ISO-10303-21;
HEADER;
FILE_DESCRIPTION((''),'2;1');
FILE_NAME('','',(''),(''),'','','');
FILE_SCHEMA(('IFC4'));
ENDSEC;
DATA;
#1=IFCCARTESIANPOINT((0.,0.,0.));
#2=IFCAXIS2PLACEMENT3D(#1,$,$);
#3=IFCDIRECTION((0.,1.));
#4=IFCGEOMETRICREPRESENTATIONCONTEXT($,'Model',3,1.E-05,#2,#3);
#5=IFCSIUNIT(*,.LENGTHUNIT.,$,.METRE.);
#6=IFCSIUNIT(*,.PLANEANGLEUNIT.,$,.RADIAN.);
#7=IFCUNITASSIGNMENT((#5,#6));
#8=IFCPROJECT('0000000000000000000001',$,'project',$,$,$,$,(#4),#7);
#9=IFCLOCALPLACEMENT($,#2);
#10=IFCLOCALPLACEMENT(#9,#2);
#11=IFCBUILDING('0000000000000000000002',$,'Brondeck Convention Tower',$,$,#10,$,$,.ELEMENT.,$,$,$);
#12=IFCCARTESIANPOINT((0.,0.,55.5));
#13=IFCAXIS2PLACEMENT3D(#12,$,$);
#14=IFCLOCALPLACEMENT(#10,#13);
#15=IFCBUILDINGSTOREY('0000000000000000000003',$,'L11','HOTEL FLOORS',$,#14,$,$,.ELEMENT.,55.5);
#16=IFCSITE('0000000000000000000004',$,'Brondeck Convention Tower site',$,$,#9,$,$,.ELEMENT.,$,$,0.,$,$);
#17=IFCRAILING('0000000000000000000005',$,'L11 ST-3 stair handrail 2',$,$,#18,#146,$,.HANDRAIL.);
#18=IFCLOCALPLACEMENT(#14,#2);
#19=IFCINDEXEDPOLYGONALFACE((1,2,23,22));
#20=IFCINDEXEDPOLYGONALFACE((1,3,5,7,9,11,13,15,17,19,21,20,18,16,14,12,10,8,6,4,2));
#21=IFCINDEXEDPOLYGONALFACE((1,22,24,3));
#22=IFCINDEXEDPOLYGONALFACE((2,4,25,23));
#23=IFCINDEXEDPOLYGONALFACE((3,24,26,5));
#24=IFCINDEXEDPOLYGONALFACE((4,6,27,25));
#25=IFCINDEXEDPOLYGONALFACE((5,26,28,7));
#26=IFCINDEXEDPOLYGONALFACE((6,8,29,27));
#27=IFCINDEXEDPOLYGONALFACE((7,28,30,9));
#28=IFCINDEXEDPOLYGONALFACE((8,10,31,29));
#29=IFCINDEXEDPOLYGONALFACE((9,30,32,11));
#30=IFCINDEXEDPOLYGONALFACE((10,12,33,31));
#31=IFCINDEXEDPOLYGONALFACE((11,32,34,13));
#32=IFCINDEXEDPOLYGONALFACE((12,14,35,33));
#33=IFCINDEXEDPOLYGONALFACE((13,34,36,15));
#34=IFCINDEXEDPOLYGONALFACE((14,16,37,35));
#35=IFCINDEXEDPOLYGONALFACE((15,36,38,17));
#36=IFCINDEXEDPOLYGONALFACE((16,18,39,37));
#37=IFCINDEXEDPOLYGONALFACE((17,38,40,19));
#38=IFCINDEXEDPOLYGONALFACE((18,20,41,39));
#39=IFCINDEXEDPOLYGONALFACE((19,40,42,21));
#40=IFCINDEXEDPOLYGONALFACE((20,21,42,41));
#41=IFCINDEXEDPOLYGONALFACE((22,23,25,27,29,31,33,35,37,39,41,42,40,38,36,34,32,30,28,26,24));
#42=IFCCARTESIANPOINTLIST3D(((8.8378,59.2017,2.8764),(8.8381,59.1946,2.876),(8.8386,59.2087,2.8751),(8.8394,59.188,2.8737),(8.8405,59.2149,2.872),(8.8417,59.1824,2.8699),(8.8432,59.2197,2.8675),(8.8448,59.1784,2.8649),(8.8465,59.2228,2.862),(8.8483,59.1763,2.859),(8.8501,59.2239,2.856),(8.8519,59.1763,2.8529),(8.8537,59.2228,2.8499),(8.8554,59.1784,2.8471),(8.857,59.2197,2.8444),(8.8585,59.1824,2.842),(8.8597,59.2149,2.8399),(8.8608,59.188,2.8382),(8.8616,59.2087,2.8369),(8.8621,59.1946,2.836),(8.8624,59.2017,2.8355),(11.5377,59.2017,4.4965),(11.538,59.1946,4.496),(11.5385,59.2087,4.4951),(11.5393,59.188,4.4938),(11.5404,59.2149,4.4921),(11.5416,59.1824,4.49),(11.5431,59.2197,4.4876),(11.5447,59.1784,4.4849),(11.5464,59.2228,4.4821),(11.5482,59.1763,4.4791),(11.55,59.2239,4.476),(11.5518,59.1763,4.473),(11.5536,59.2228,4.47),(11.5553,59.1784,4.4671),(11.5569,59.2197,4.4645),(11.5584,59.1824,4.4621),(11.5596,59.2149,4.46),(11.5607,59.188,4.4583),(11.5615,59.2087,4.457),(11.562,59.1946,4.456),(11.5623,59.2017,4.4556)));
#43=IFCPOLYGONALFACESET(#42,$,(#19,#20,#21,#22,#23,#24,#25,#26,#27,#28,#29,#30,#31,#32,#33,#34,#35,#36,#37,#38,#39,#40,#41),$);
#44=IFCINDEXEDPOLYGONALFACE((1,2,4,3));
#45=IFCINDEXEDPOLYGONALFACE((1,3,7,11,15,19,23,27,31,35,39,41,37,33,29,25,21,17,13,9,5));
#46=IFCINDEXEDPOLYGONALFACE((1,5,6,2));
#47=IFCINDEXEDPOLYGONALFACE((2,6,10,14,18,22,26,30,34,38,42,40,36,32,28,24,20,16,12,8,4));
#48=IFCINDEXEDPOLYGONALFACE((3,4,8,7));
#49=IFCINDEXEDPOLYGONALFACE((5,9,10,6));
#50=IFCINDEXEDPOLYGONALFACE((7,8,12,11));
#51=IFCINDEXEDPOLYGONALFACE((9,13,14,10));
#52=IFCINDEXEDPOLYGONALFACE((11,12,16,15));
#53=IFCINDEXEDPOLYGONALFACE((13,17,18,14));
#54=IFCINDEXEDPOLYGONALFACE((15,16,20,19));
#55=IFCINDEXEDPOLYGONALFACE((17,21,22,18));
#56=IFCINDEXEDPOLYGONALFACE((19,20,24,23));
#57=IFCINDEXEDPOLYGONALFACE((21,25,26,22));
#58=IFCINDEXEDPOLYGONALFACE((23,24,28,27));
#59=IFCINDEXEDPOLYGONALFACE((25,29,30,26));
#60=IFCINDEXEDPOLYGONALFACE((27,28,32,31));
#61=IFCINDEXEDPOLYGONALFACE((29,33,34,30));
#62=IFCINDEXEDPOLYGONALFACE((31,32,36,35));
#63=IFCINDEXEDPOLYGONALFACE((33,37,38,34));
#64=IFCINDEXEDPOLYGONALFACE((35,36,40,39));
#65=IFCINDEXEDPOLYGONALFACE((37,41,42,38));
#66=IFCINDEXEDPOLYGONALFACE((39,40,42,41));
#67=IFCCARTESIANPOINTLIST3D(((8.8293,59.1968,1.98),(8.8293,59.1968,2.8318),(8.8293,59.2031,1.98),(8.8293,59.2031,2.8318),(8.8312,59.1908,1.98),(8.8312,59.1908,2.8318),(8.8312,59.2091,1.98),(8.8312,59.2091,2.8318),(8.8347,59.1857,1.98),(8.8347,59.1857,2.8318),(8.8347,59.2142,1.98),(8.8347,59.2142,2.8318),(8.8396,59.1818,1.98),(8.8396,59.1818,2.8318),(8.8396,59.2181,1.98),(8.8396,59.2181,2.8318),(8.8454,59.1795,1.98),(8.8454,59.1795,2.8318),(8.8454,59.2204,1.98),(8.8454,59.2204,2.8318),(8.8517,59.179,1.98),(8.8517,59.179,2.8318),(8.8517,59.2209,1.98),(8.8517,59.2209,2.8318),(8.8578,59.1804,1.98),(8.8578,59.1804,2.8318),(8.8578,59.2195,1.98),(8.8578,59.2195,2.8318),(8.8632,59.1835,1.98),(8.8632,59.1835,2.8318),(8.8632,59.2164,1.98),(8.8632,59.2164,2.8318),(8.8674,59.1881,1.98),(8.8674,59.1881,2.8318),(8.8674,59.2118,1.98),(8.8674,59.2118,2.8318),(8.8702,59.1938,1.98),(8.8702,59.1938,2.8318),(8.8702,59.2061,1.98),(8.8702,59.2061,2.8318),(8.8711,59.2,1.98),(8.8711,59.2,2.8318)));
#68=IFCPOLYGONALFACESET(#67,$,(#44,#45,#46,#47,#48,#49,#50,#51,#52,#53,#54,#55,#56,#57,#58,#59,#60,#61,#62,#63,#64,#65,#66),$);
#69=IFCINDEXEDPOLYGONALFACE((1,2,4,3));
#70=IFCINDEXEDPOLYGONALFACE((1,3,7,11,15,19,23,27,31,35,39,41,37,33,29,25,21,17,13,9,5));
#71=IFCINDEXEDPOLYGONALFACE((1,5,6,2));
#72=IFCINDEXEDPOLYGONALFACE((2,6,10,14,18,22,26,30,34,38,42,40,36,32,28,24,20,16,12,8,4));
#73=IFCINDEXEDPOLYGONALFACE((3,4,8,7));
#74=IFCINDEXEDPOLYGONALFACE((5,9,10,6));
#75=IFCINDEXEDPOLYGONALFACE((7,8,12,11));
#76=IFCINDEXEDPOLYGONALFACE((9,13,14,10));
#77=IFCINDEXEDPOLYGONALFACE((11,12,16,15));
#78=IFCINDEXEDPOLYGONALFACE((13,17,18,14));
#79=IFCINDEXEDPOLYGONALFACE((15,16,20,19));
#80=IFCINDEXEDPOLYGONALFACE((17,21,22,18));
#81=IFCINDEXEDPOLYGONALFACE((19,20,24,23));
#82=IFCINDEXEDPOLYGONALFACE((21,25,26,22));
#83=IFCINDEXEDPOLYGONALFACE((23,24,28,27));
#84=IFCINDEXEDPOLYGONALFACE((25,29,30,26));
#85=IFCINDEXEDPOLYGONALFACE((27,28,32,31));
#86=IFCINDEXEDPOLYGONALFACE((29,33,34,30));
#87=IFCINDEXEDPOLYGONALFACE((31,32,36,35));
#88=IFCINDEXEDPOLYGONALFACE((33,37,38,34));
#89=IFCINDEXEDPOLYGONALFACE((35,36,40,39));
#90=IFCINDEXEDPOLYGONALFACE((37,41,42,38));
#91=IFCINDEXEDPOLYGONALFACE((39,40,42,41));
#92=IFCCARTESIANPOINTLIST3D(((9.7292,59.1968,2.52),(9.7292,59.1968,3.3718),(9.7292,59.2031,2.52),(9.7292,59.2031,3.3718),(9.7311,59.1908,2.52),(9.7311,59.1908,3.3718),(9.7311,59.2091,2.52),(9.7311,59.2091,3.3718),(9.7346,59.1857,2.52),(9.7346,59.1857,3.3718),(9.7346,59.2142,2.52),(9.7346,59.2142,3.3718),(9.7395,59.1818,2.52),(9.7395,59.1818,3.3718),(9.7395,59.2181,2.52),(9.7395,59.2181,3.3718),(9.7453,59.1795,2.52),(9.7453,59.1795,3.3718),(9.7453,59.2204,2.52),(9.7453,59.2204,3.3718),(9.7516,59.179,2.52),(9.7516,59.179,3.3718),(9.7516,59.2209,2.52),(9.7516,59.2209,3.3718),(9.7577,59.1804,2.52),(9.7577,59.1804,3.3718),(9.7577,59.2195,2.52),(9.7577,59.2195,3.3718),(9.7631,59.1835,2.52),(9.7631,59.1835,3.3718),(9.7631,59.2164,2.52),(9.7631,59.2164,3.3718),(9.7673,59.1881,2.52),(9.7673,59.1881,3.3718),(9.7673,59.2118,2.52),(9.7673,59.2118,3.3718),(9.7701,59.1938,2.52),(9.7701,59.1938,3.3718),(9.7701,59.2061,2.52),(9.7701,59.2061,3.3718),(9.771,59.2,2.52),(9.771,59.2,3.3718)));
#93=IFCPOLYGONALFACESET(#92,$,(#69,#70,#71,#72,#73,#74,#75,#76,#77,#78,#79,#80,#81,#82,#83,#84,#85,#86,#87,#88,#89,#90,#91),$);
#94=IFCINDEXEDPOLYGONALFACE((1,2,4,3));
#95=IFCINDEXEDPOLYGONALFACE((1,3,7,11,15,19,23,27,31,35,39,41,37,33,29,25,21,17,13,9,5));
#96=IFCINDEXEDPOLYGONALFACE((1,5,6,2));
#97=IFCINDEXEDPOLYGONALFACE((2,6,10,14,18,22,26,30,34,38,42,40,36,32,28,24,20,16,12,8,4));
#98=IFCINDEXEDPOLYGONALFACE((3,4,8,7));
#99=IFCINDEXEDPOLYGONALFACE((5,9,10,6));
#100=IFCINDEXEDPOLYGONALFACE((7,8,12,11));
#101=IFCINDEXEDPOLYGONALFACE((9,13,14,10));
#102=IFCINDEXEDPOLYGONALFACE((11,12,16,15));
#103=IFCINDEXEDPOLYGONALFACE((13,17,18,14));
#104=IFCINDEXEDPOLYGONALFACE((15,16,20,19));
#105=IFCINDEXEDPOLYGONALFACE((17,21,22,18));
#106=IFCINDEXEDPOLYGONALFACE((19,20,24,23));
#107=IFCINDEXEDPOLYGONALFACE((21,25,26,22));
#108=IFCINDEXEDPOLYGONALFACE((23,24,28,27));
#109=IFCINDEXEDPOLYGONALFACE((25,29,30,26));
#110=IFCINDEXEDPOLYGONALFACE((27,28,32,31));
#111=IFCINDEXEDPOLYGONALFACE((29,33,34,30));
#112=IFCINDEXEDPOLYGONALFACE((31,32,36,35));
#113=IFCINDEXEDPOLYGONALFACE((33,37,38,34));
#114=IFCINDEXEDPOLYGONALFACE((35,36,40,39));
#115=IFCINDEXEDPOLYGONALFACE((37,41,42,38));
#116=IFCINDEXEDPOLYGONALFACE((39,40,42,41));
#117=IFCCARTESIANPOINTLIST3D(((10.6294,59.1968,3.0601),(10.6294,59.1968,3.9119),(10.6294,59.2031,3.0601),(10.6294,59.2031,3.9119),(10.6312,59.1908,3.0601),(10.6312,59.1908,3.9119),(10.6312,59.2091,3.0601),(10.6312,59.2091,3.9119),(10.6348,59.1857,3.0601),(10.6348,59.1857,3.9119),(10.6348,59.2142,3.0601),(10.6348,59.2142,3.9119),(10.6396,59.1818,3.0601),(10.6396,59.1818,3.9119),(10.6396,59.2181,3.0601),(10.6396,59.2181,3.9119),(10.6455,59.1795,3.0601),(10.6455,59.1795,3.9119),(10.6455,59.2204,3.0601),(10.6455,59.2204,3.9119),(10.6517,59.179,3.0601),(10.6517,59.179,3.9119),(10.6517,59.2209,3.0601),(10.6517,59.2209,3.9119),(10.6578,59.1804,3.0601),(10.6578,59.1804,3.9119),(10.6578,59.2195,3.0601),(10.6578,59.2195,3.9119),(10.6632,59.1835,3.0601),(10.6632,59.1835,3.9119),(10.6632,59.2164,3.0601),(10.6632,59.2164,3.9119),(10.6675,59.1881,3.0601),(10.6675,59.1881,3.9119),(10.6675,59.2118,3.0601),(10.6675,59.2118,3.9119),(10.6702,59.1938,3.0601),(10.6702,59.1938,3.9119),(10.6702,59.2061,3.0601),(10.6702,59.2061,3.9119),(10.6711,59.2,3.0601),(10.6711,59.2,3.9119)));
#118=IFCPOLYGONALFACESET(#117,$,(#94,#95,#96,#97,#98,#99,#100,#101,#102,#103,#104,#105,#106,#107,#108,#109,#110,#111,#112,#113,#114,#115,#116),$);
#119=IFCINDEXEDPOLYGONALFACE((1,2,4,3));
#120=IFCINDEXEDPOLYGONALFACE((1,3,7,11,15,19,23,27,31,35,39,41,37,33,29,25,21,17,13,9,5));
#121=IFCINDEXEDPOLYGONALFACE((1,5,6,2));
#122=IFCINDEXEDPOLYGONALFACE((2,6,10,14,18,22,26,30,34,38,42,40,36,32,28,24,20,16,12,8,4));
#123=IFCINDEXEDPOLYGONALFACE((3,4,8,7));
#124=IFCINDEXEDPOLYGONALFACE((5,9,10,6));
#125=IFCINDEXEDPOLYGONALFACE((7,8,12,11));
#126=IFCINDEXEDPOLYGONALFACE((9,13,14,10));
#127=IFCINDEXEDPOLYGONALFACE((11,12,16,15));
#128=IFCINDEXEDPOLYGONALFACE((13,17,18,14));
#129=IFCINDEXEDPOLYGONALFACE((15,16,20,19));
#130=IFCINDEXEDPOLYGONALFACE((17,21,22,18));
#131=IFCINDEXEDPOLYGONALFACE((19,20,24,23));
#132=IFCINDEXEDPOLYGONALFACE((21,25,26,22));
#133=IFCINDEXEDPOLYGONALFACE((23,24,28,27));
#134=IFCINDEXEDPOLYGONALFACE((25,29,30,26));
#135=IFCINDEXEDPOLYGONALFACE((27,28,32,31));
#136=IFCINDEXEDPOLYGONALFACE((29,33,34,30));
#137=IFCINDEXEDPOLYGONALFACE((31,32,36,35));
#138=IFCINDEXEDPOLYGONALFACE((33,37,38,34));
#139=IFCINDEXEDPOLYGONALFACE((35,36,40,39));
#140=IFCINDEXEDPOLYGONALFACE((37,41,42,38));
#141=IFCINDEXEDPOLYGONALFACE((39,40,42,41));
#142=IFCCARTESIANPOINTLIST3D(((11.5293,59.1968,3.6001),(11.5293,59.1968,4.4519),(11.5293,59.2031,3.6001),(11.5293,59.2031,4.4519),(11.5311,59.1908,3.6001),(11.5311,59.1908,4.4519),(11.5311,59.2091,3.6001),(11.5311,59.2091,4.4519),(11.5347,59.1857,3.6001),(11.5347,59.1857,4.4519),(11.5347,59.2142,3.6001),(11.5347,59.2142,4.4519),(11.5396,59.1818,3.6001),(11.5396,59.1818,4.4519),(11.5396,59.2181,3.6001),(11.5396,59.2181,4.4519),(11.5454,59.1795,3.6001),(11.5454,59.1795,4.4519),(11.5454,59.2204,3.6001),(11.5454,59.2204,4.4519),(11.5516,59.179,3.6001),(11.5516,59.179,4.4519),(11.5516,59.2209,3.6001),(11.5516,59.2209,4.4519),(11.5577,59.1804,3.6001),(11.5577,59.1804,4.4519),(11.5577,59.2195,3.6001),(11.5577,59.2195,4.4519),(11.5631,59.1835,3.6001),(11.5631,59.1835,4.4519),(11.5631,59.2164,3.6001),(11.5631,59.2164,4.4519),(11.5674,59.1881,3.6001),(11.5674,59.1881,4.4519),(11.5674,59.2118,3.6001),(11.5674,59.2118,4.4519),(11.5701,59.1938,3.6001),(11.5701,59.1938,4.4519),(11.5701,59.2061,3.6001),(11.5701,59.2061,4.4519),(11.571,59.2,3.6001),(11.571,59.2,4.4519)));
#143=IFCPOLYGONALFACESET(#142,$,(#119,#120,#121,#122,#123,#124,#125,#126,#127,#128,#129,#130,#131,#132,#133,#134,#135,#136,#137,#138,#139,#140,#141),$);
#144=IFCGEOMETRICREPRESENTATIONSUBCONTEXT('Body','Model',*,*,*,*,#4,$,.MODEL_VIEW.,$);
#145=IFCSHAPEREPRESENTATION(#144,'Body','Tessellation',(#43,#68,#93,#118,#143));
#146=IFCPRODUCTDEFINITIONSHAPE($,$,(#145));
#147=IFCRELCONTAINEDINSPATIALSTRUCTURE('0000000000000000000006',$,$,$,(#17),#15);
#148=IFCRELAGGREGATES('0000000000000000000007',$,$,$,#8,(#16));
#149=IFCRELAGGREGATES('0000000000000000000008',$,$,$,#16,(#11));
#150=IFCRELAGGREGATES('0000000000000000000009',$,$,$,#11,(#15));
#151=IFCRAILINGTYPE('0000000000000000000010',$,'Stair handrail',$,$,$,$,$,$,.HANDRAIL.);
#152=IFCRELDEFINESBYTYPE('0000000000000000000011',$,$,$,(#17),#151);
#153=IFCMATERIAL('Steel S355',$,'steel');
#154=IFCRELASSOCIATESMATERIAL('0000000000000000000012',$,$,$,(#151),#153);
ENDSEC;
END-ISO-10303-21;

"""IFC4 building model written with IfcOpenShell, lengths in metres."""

from ifc_helpers import new_model, si_unit, direction, frame, origin, origin_2d, place, context, subcontext, project, spatial, circle, extrude, material, type_object, element, save


model = new_model("IFC4")

# Units and contexts
model_context = context("Model", 3, precision=1e-05, world=origin(), true_north=direction((0.0, 1.0)))
body_context = subcontext(model_context, "Body", "Model", "MODEL_VIEW")
ifc_project = project(units=[si_unit("LENGTHUNIT", "METRE"), si_unit("PLANEANGLEUNIT", "RADIAN")], contexts=[model_context])

# Site, building, storey
site_placement = place(None, origin())
site = spatial("IfcSite", under=ifc_project, at=site_placement, Name="Brondeck Convention Tower site", CompositionType="ELEMENT", RefElevation=0.0)
building_placement = place(site_placement, origin())
building = spatial("IfcBuilding", under=site, at=building_placement, Name="Brondeck Convention Tower", CompositionType="ELEMENT")
storey_placement = place(building_placement, frame((0.0, 0.0, 55.5)))
storey = spatial("IfcBuildingStorey", under=building, at=storey_placement, Name="L11", Description="HOTEL FLOORS", CompositionType="ELEMENT", Elevation=55.5)

# Railing
ifc_material_1 = material(Name="Steel S355", Category="steel")
railing_type = type_object("IfcRailingType", Name="Stair handrail", PredefinedType="HANDRAIL", material=ifc_material_1)
railing_placement = place(storey_placement, frame((8.8501, 59.2, 1.98)))
element("IfcRailing", 1, at=railing_placement, inside=storey, type_object=railing_type, Name="L11 ST-3 stair handrail 2", PredefinedType="HANDRAIL", context=body_context, shape_type="SweptSolid", body=[
    extrude(circle(Radius=0.0239, at=origin_2d()), frame((0.0, 0.0, 0.876), z_axis=(0.857472, 0.0, 0.51453), x_axis=(0.0, 1.0, 0.0)), (0.0, 0.0, 1.0), 3.1487),
    extrude(circle(Radius=0.021, at=origin_2d()), origin(), (0.0, 0.0, 1.0), 0.8518),
    extrude(circle(Radius=0.021, at=origin_2d()), frame((0.8999, 0.0, 0.54)), (0.0, 0.0, 1.0), 0.8518),
    extrude(circle(Radius=0.021, at=origin_2d()), frame((1.8, 0.0, 1.0801)), (0.0, 0.0, 1.0), 0.8518),
    extrude(circle(Radius=0.021, at=origin_2d()), frame((2.7, 0.0, 1.6201)), (0.0, 0.0, 1.0), 0.8518),
])

save(model, "model.ifc")
